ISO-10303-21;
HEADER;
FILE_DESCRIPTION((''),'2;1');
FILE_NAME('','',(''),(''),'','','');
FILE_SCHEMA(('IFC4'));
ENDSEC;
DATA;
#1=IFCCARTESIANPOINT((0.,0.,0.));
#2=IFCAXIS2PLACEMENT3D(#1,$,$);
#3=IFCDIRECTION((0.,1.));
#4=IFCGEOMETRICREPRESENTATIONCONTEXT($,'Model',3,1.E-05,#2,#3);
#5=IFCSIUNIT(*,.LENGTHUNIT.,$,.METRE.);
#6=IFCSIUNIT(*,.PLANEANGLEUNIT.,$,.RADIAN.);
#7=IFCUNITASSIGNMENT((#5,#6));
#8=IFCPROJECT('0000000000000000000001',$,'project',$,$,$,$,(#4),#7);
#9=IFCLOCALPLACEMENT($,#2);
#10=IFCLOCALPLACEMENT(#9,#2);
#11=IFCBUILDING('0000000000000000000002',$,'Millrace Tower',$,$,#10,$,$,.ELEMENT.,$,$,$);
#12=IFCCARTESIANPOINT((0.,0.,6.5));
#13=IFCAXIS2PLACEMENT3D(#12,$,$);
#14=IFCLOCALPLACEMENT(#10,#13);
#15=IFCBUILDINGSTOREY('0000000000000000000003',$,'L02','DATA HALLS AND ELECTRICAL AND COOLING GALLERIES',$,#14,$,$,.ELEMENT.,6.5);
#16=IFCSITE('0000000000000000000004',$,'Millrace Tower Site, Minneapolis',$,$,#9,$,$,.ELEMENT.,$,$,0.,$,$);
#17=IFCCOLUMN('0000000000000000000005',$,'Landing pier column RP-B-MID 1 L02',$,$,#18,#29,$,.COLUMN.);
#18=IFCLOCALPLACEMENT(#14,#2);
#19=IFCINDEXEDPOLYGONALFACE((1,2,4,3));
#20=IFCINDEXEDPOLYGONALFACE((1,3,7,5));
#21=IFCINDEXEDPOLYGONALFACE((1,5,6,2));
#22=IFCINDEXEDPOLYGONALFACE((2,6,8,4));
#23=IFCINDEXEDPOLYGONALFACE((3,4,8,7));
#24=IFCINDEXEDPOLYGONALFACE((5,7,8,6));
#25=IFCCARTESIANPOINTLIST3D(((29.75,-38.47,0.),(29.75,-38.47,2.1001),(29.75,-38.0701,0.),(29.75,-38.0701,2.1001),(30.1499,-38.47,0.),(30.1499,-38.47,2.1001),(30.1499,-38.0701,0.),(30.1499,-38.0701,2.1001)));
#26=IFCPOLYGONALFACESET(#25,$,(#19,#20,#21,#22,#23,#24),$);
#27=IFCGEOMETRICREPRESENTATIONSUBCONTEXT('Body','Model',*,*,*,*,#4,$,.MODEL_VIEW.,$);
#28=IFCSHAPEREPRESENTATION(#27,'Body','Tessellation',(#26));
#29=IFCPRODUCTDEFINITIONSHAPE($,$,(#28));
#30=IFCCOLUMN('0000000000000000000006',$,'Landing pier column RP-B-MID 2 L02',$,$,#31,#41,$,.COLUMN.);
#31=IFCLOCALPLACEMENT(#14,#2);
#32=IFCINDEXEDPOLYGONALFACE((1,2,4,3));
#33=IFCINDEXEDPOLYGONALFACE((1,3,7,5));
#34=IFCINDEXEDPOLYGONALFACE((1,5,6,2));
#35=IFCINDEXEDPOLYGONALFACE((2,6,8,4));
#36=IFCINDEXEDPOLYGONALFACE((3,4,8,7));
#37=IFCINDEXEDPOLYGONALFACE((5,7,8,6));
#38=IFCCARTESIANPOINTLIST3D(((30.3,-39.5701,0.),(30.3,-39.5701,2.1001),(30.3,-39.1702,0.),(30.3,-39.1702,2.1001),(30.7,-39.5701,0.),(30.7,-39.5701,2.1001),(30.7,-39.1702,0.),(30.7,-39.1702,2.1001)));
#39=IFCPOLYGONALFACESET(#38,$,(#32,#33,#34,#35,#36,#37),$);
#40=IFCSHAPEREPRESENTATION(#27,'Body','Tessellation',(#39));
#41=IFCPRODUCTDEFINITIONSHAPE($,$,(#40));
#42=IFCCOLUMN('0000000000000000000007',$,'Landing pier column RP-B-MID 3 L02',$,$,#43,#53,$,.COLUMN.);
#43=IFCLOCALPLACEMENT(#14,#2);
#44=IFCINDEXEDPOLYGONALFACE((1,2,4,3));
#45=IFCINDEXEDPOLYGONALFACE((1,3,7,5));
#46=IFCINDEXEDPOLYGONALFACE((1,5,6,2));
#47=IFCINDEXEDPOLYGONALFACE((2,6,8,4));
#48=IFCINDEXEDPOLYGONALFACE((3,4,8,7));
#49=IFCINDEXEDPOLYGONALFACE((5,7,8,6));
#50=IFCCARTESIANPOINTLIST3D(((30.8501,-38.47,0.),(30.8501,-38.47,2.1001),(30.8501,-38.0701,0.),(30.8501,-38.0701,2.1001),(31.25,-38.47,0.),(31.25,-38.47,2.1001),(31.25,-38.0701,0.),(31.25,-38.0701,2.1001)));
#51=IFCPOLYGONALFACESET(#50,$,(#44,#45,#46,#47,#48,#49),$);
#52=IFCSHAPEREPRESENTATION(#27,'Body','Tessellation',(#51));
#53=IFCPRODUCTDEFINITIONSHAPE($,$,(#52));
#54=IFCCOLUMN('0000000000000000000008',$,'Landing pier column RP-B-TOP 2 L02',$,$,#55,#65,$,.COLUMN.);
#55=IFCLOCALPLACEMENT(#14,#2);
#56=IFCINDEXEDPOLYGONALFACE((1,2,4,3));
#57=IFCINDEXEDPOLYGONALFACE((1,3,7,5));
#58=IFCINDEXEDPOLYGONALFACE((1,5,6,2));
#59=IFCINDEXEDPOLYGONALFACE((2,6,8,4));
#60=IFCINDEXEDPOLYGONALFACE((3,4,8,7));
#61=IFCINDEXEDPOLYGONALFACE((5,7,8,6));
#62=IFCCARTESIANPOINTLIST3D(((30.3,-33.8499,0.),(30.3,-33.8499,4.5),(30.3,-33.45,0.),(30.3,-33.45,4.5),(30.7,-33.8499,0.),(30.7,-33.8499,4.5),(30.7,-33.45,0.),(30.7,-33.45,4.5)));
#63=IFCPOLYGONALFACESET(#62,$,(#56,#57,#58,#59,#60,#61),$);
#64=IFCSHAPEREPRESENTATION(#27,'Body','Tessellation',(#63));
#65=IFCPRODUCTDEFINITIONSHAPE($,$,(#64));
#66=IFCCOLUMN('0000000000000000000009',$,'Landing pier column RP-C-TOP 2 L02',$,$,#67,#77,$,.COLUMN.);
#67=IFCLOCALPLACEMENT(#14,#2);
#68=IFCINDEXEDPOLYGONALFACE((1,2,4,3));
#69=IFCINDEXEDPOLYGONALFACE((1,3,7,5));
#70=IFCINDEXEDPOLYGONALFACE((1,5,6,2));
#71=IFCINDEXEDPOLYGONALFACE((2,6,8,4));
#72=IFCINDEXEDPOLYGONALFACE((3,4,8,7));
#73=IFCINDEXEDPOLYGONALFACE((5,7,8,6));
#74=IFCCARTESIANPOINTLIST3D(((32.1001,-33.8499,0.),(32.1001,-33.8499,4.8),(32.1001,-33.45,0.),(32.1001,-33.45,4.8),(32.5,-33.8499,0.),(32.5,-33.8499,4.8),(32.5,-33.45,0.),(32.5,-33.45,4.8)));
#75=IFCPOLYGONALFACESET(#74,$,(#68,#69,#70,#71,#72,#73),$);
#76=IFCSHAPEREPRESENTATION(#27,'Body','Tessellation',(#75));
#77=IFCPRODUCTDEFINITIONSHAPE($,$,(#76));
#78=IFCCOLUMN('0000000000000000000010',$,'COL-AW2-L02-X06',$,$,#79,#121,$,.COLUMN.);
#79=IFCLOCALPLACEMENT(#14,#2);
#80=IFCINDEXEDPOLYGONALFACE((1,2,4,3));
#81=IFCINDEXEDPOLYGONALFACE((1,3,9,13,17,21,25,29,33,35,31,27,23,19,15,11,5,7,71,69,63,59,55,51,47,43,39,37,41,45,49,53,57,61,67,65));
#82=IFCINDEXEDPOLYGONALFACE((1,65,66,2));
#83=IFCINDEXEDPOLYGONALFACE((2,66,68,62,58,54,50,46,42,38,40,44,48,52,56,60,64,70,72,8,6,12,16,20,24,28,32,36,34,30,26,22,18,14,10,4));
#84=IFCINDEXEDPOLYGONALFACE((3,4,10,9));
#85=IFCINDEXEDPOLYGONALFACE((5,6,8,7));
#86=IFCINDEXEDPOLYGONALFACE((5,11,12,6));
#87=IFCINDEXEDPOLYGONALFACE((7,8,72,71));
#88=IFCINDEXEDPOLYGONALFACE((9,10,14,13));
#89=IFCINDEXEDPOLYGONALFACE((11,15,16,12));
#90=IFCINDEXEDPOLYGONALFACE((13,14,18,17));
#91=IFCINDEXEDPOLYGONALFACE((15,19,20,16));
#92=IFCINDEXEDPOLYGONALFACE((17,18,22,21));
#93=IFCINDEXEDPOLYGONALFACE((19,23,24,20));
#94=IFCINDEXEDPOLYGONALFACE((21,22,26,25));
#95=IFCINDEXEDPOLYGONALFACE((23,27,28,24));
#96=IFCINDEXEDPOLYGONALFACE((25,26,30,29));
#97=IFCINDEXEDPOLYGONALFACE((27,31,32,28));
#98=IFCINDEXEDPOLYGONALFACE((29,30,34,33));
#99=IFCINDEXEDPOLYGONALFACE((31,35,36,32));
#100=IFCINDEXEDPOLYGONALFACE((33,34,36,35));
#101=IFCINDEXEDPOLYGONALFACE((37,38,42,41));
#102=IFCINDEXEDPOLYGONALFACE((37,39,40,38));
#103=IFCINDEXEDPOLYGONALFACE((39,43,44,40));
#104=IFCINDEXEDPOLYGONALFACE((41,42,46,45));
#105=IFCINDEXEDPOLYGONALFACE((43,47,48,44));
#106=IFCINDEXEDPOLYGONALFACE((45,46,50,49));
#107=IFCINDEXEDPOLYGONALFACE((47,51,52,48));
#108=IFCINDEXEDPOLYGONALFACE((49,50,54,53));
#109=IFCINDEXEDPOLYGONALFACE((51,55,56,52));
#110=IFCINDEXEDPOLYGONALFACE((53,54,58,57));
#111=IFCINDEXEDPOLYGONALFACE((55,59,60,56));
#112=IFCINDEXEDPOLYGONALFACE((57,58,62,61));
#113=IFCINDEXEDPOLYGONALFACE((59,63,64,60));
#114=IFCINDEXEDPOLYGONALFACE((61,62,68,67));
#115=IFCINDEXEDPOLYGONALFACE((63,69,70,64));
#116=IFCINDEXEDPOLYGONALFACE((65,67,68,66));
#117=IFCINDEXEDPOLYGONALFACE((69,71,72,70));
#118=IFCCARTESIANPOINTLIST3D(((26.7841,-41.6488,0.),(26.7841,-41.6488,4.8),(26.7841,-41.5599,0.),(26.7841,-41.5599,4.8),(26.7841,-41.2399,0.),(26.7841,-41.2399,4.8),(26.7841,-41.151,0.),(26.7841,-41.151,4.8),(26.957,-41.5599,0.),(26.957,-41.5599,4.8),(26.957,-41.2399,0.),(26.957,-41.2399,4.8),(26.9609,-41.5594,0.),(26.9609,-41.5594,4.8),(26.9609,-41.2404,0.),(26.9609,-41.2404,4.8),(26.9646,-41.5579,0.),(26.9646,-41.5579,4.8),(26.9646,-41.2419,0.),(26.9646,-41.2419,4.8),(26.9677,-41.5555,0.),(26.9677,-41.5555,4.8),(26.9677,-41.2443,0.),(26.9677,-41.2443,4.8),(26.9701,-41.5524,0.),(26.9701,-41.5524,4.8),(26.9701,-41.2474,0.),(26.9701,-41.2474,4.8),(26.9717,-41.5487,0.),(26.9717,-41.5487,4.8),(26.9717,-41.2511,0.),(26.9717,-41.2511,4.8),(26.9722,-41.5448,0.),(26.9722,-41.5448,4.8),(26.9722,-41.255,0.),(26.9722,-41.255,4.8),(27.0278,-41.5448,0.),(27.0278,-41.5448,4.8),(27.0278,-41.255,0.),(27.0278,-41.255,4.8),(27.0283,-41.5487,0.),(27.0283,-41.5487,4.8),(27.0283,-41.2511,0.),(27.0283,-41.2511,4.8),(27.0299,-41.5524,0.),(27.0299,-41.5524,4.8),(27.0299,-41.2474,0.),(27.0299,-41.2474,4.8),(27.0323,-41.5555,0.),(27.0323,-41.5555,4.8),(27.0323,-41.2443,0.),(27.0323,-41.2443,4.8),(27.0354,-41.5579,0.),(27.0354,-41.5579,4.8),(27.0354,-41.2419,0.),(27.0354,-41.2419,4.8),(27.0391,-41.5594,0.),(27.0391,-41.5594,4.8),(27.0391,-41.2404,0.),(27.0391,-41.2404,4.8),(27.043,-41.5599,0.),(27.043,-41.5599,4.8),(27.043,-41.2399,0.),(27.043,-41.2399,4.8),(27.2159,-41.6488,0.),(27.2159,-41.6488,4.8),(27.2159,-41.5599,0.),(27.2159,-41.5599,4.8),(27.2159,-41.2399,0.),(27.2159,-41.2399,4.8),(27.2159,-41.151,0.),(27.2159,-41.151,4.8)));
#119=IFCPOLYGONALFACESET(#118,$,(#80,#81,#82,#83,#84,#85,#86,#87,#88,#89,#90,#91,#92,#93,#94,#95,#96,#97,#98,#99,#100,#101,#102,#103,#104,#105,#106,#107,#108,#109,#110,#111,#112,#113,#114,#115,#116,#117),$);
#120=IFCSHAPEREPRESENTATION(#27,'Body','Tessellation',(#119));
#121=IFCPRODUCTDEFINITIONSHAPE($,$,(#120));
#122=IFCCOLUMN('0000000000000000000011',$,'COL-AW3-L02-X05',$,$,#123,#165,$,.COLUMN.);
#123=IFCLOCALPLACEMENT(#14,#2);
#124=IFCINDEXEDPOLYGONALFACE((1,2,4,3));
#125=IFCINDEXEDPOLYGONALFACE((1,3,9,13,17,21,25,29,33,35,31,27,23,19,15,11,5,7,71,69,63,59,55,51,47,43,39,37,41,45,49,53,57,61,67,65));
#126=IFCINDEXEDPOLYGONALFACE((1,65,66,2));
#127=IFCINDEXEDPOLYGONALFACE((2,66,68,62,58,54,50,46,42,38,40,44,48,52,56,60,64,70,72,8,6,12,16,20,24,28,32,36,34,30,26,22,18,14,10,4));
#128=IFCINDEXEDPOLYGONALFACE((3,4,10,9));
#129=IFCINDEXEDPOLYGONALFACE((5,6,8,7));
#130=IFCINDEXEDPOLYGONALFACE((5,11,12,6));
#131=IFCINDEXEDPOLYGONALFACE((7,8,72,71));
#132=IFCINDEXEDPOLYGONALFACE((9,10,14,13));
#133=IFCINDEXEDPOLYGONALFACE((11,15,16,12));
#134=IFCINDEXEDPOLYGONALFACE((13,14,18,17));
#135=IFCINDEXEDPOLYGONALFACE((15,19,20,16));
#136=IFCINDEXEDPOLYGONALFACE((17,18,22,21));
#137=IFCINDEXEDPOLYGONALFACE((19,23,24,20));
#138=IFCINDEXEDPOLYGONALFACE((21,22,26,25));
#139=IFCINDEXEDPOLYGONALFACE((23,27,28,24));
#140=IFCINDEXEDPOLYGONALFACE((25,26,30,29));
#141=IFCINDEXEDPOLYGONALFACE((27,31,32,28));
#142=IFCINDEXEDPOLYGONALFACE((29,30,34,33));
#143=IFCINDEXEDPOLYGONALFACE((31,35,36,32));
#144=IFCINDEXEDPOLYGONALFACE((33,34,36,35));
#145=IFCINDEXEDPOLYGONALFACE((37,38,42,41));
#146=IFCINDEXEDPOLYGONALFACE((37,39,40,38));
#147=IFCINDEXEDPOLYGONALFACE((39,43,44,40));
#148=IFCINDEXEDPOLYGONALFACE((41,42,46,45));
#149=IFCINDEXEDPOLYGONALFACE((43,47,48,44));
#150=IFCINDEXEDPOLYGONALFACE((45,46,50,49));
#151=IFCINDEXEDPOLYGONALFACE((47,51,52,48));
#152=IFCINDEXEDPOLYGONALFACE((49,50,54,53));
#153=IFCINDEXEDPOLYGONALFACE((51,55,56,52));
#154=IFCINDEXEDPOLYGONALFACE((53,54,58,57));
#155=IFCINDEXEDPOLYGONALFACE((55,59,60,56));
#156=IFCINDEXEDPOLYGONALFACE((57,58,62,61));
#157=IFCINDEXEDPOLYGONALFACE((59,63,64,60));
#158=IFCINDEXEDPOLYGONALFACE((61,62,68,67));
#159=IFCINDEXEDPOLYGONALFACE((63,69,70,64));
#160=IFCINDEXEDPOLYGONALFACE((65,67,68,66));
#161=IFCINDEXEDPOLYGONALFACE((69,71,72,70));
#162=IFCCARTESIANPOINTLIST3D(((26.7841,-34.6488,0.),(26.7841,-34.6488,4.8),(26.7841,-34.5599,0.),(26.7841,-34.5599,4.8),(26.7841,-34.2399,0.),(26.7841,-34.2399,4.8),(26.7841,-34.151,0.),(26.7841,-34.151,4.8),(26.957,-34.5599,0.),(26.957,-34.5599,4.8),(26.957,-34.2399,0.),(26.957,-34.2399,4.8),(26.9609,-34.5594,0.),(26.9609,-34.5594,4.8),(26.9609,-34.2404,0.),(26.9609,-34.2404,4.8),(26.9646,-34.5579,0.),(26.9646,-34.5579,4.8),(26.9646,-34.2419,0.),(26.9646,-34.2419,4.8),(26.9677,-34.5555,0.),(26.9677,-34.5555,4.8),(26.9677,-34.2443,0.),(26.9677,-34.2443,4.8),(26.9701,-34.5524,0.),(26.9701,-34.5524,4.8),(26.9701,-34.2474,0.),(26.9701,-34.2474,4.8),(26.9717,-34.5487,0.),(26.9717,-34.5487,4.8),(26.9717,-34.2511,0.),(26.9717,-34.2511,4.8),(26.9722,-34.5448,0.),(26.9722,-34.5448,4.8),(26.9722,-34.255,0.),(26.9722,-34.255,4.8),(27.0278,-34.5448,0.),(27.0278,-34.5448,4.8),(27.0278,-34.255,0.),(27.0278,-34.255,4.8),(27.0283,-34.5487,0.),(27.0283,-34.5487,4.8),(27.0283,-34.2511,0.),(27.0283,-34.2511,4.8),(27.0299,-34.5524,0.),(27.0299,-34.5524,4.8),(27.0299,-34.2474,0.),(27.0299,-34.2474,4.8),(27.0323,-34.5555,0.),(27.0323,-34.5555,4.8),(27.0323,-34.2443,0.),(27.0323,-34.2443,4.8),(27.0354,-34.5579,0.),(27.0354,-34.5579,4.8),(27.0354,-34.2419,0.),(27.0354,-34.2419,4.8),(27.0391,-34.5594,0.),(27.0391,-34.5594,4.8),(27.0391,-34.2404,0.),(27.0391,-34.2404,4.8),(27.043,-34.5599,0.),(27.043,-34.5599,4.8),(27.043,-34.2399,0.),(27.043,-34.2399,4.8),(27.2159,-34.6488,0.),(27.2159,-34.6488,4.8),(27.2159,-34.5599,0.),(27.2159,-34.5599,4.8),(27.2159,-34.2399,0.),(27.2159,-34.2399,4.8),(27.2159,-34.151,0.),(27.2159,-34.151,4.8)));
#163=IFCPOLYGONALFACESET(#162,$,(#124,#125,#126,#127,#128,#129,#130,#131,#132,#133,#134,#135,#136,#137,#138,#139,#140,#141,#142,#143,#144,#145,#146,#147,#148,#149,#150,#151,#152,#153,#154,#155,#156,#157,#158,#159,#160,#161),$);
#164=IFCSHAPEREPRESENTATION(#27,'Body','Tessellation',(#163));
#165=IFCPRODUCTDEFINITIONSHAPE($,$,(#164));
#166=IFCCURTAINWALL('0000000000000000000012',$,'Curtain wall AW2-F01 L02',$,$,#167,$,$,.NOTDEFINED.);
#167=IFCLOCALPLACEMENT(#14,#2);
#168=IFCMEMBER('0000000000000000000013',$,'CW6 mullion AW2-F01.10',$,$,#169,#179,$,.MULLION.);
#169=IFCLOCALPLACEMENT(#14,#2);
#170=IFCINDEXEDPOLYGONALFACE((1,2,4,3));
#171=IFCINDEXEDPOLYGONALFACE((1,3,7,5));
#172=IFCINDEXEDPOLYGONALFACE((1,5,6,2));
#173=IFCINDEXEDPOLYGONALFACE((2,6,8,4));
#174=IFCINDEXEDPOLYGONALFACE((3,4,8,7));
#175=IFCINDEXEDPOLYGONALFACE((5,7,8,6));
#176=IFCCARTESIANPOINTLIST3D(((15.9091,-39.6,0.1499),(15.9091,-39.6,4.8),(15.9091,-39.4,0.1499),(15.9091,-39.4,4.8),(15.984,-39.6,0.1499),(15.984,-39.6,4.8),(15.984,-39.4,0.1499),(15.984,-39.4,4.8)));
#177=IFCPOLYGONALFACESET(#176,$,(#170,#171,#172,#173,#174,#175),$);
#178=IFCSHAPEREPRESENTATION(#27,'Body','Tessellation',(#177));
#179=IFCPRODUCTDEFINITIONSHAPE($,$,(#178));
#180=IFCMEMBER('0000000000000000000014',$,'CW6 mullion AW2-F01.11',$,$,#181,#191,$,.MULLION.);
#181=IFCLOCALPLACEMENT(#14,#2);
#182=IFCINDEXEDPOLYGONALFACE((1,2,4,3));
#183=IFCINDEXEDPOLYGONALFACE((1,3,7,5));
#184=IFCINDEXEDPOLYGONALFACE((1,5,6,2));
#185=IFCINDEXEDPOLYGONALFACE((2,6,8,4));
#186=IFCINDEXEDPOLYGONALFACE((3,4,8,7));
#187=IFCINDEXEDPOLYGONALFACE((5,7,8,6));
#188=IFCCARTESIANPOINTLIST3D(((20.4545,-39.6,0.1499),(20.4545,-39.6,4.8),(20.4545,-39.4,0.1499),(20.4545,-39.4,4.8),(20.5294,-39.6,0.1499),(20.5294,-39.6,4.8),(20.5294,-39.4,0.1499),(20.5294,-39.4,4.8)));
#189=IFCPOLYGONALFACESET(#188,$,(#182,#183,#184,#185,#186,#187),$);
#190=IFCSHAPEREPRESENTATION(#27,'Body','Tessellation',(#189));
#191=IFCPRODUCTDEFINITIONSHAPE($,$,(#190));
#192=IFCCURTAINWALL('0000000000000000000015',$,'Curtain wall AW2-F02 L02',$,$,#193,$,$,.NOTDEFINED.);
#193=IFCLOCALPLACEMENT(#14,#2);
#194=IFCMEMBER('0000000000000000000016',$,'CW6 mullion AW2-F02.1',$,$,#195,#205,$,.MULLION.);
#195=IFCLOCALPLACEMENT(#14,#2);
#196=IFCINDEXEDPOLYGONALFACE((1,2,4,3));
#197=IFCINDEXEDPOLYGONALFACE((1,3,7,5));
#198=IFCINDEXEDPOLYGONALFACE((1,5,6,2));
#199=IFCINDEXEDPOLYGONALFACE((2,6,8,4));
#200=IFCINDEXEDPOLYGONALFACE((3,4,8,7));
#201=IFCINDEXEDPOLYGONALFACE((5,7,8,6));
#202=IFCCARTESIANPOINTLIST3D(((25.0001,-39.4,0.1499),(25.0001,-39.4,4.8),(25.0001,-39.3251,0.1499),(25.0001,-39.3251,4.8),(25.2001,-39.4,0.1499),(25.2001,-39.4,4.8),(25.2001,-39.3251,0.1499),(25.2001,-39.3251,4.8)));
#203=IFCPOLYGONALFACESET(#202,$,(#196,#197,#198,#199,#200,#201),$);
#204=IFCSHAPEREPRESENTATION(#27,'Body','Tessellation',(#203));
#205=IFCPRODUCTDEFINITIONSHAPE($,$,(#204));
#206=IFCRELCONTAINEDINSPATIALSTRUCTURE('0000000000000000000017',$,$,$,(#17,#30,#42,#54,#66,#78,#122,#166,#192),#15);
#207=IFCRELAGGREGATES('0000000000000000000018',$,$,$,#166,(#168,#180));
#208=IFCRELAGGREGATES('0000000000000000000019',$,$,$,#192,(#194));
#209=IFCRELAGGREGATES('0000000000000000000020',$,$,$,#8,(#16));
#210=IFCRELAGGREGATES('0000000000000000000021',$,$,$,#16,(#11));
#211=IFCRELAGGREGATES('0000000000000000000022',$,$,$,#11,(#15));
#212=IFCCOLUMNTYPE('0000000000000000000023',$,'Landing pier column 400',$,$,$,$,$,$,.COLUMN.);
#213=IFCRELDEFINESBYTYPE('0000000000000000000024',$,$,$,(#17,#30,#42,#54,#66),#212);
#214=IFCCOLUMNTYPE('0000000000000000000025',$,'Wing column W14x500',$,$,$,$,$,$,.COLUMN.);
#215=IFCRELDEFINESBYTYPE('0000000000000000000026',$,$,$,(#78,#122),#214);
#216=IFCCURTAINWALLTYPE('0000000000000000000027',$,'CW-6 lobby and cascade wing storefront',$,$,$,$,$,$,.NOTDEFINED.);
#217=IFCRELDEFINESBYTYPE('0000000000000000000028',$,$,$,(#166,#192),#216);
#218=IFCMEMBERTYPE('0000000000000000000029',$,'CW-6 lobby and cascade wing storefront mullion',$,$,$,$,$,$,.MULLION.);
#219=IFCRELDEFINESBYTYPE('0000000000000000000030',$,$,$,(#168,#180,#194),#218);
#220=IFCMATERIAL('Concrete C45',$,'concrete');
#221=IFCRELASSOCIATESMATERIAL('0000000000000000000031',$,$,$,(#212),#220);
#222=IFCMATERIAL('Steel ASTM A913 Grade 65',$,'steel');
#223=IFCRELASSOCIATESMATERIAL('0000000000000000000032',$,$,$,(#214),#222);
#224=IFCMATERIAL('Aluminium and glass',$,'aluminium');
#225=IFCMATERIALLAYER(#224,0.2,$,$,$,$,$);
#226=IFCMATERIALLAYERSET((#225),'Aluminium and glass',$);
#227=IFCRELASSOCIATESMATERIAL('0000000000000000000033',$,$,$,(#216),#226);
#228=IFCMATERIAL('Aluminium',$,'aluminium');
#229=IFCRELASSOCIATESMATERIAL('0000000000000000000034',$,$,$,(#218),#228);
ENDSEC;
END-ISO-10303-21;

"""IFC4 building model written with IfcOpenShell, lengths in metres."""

from ifc_helpers import new_model, si_unit, direction, frame, origin, origin_2d, place, context, subcontext, project, spatial, rectangle, i_section, extrude, material, layer, layer_set, material_profile, profile_set, type_object, element, aggregate, save


model = new_model("IFC4")

# Units and contexts
model_context = context("Model", 3, precision=1e-05, world=origin(), true_north=direction((0.0, 1.0)))
body_context = subcontext(model_context, "Body", "Model", "MODEL_VIEW")
ifc_project = project(units=[si_unit("LENGTHUNIT", "METRE"), si_unit("PLANEANGLEUNIT", "RADIAN")], contexts=[model_context])

# Site, building, storey
site_placement = place(None, origin())
site = spatial("IfcSite", under=ifc_project, at=site_placement, Name="Millrace Tower Site, Minneapolis", CompositionType="ELEMENT", RefElevation=0.0)
building_placement = place(site_placement, origin())
building = spatial("IfcBuilding", under=site, at=building_placement, Name="Millrace Tower", CompositionType="ELEMENT")
storey_placement = place(building_placement, frame((0.0, 0.0, 6.5)))
storey = spatial("IfcBuildingStorey", under=building, at=storey_placement, Name="L02", Description="DATA HALLS AND ELECTRICAL AND COOLING GALLERIES", CompositionType="ELEMENT", Elevation=6.5)

# Columns
ifc_material_1 = material(Name="Concrete C45", Category="concrete")
ifc_material_profile_1 = material_profile(ifc_material_1, rectangle(XDim=0.3999, YDim=0.3999, at=origin_2d()))
ifc_profile_set_1 = profile_set([ifc_material_profile_1], Name="Concrete C45")
column_type_1 = type_object("IfcColumnType", Name="Landing pier column 400", PredefinedType="COLUMN", material=ifc_profile_set_1)
for number, where, z_axis, x_axis, name in (
    (1, (29.95, -38.27, 0.0), (0.0, 0.0, 1.0), (1.0, 0.0, 0.0), "Landing pier column RP-B-MID 1 L02"),
    (2, (30.5, -39.3701, 0.0), (0.0, 0.0, 1.0), (1.0, 0.0, 0.0), "Landing pier column RP-B-MID 2 L02"),
    (3, (31.05, -38.27, 0.0), (0.0, 0.0, 1.0), (1.0, 0.0, 0.0), "Landing pier column RP-B-MID 3 L02"),
):
    element("IfcColumn", number, at=place(storey_placement, frame(where, z_axis=z_axis, x_axis=x_axis)), inside=storey, type_object=column_type_1, Name=name, PredefinedType="COLUMN", context=body_context, shape_type="SweptSolid", body=[
        extrude(rectangle(XDim=0.3999, YDim=0.3999, at=origin_2d()), origin(), (0.0, 0.0, 1.0), 2.1001),
    ])
column_1_placement = place(storey_placement, frame((30.5, -33.6499, 0.0), z_axis=(0.0, 0.0, 1.0), x_axis=(1.0, 0.0, 0.0)))
element("IfcColumn", 4, at=column_1_placement, inside=storey, type_object=column_type_1, Name="Landing pier column RP-B-TOP 2 L02", PredefinedType="COLUMN", context=body_context, shape_type="SweptSolid", body=[
    extrude(rectangle(XDim=0.3999, YDim=0.3999, at=origin_2d()), origin(), (0.0, 0.0, 1.0), 4.5),
])
column_2_placement = place(storey_placement, frame((32.3, -33.6499, 0.0), z_axis=(0.0, 0.0, 1.0), x_axis=(1.0, 0.0, 0.0)))
element("IfcColumn", 5, at=column_2_placement, inside=storey, type_object=column_type_1, Name="Landing pier column RP-C-TOP 2 L02", PredefinedType="COLUMN", context=body_context, shape_type="SweptSolid", body=[
    extrude(rectangle(XDim=0.3999, YDim=0.3999, at=origin_2d()), origin(), (0.0, 0.0, 1.0), 4.8),
])
ifc_material_2 = material(Name="Steel ASTM A913 Grade 65", Category="steel")
ifc_material_profile_2 = material_profile(ifc_material_2, i_section(OverallWidth=0.4319, OverallDepth=0.4978, WebThickness=0.0557, FlangeThickness=0.0889, FilletRadius=0.0151, at=origin_2d()))
ifc_profile_set_2 = profile_set([ifc_material_profile_2], Name="Steel ASTM A913 Grade 65")
column_type_2 = type_object("IfcColumnType", Name="Wing column W14x500", PredefinedType="COLUMN", material=ifc_profile_set_2)
for number, where, z_axis, x_axis, name in (
    (6, (27.0, -41.3999, 0.0), (0.0, 0.0, 1.0), (1.0, 0.0, 0.0), "COL-AW2-L02-X06"),
    (7, (27.0, -34.3999, 0.0), (0.0, 0.0, 1.0), (1.0, 0.0, 0.0), "COL-AW3-L02-X05"),
):
    element("IfcColumn", number, at=place(storey_placement, frame(where, z_axis=z_axis, x_axis=x_axis)), inside=storey, type_object=column_type_2, Name=name, PredefinedType="COLUMN", context=body_context, shape_type="SweptSolid", body=[
        extrude(i_section(OverallWidth=0.4319, OverallDepth=0.4978, WebThickness=0.0557, FlangeThickness=0.0889, FilletRadius=0.0151, at=origin_2d()), origin(), (0.0, 0.0, 1.0), 4.8),
    ])

# Curtain walls, members
ifc_material_3 = material(Name="Aluminium and glass", Category="aluminium")
ifc_layer_1 = layer(ifc_material_3, 0.2)
ifc_layer_set_1 = layer_set([ifc_layer_1], Name="Aluminium and glass")
curtain_wall_type = type_object("IfcCurtainWallType", Name="CW-6 lobby and cascade wing storefront", PredefinedType="NOTDEFINED", material=ifc_layer_set_1)
placement_1 = place(storey_placement, origin())
curtain_wall_1 = element("IfcCurtainWall", 8, at=placement_1, inside=storey, type_object=curtain_wall_type, Name="Curtain wall AW2-F01 L02", PredefinedType="NOTDEFINED")
ifc_material_4 = material(Name="Aluminium", Category="aluminium")
ifc_material_profile_3 = material_profile(ifc_material_4, rectangle(XDim=0.075, YDim=0.2, at=origin_2d()))
ifc_profile_set_3 = profile_set([ifc_material_profile_3], Name="Aluminium")
member_type_1 = type_object("IfcMemberType", Name="CW-6 lobby and cascade wing storefront mullion", PredefinedType="MULLION", material=ifc_profile_set_3)
member_1_placement = place(storey_placement, frame((15.9465, -39.5, 0.1499), z_axis=(0.0, 0.0, 1.0), x_axis=(1.0, 0.0, 0.0)))
member_1 = element("IfcMember", 9, at=member_1_placement, type_object=member_type_1, Name="CW6 mullion AW2-F01.10", PredefinedType="MULLION", context=body_context, shape_type="SweptSolid", body=[
    extrude(rectangle(XDim=0.075, YDim=0.2, at=origin_2d()), origin(), (0.0, 0.0, 1.0), 4.6501),
])
member_2_placement = place(storey_placement, frame((20.4919, -39.5, 0.1499), z_axis=(0.0, 0.0, 1.0), x_axis=(1.0, 0.0, 0.0)))
member_2 = element("IfcMember", 10, at=member_2_placement, type_object=member_type_1, Name="CW6 mullion AW2-F01.11", PredefinedType="MULLION", context=body_context, shape_type="SweptSolid", body=[
    extrude(rectangle(XDim=0.075, YDim=0.2, at=origin_2d()), origin(), (0.0, 0.0, 1.0), 4.6501),
])
curtain_wall_2 = element("IfcCurtainWall", 11, at=placement_1, inside=storey, type_object=curtain_wall_type, Name="Curtain wall AW2-F02 L02", PredefinedType="NOTDEFINED")
member_3_placement = place(storey_placement, frame((25.1001, -39.3625, 0.1499), z_axis=(0.0, 0.0, 1.0), x_axis=(0.0, 1.0, 0.0)))
member_3 = element("IfcMember", 12, at=member_3_placement, type_object=member_type_1, Name="CW6 mullion AW2-F02.1", PredefinedType="MULLION", context=body_context, shape_type="SweptSolid", body=[
    extrude(rectangle(XDim=0.075, YDim=0.2, at=origin_2d()), origin(), (0.0, 0.0, 1.0), 4.6501),
])

aggregate(curtain_wall_1, [member_1, member_2])
aggregate(curtain_wall_2, [member_3])

save(model, "model.ifc")
